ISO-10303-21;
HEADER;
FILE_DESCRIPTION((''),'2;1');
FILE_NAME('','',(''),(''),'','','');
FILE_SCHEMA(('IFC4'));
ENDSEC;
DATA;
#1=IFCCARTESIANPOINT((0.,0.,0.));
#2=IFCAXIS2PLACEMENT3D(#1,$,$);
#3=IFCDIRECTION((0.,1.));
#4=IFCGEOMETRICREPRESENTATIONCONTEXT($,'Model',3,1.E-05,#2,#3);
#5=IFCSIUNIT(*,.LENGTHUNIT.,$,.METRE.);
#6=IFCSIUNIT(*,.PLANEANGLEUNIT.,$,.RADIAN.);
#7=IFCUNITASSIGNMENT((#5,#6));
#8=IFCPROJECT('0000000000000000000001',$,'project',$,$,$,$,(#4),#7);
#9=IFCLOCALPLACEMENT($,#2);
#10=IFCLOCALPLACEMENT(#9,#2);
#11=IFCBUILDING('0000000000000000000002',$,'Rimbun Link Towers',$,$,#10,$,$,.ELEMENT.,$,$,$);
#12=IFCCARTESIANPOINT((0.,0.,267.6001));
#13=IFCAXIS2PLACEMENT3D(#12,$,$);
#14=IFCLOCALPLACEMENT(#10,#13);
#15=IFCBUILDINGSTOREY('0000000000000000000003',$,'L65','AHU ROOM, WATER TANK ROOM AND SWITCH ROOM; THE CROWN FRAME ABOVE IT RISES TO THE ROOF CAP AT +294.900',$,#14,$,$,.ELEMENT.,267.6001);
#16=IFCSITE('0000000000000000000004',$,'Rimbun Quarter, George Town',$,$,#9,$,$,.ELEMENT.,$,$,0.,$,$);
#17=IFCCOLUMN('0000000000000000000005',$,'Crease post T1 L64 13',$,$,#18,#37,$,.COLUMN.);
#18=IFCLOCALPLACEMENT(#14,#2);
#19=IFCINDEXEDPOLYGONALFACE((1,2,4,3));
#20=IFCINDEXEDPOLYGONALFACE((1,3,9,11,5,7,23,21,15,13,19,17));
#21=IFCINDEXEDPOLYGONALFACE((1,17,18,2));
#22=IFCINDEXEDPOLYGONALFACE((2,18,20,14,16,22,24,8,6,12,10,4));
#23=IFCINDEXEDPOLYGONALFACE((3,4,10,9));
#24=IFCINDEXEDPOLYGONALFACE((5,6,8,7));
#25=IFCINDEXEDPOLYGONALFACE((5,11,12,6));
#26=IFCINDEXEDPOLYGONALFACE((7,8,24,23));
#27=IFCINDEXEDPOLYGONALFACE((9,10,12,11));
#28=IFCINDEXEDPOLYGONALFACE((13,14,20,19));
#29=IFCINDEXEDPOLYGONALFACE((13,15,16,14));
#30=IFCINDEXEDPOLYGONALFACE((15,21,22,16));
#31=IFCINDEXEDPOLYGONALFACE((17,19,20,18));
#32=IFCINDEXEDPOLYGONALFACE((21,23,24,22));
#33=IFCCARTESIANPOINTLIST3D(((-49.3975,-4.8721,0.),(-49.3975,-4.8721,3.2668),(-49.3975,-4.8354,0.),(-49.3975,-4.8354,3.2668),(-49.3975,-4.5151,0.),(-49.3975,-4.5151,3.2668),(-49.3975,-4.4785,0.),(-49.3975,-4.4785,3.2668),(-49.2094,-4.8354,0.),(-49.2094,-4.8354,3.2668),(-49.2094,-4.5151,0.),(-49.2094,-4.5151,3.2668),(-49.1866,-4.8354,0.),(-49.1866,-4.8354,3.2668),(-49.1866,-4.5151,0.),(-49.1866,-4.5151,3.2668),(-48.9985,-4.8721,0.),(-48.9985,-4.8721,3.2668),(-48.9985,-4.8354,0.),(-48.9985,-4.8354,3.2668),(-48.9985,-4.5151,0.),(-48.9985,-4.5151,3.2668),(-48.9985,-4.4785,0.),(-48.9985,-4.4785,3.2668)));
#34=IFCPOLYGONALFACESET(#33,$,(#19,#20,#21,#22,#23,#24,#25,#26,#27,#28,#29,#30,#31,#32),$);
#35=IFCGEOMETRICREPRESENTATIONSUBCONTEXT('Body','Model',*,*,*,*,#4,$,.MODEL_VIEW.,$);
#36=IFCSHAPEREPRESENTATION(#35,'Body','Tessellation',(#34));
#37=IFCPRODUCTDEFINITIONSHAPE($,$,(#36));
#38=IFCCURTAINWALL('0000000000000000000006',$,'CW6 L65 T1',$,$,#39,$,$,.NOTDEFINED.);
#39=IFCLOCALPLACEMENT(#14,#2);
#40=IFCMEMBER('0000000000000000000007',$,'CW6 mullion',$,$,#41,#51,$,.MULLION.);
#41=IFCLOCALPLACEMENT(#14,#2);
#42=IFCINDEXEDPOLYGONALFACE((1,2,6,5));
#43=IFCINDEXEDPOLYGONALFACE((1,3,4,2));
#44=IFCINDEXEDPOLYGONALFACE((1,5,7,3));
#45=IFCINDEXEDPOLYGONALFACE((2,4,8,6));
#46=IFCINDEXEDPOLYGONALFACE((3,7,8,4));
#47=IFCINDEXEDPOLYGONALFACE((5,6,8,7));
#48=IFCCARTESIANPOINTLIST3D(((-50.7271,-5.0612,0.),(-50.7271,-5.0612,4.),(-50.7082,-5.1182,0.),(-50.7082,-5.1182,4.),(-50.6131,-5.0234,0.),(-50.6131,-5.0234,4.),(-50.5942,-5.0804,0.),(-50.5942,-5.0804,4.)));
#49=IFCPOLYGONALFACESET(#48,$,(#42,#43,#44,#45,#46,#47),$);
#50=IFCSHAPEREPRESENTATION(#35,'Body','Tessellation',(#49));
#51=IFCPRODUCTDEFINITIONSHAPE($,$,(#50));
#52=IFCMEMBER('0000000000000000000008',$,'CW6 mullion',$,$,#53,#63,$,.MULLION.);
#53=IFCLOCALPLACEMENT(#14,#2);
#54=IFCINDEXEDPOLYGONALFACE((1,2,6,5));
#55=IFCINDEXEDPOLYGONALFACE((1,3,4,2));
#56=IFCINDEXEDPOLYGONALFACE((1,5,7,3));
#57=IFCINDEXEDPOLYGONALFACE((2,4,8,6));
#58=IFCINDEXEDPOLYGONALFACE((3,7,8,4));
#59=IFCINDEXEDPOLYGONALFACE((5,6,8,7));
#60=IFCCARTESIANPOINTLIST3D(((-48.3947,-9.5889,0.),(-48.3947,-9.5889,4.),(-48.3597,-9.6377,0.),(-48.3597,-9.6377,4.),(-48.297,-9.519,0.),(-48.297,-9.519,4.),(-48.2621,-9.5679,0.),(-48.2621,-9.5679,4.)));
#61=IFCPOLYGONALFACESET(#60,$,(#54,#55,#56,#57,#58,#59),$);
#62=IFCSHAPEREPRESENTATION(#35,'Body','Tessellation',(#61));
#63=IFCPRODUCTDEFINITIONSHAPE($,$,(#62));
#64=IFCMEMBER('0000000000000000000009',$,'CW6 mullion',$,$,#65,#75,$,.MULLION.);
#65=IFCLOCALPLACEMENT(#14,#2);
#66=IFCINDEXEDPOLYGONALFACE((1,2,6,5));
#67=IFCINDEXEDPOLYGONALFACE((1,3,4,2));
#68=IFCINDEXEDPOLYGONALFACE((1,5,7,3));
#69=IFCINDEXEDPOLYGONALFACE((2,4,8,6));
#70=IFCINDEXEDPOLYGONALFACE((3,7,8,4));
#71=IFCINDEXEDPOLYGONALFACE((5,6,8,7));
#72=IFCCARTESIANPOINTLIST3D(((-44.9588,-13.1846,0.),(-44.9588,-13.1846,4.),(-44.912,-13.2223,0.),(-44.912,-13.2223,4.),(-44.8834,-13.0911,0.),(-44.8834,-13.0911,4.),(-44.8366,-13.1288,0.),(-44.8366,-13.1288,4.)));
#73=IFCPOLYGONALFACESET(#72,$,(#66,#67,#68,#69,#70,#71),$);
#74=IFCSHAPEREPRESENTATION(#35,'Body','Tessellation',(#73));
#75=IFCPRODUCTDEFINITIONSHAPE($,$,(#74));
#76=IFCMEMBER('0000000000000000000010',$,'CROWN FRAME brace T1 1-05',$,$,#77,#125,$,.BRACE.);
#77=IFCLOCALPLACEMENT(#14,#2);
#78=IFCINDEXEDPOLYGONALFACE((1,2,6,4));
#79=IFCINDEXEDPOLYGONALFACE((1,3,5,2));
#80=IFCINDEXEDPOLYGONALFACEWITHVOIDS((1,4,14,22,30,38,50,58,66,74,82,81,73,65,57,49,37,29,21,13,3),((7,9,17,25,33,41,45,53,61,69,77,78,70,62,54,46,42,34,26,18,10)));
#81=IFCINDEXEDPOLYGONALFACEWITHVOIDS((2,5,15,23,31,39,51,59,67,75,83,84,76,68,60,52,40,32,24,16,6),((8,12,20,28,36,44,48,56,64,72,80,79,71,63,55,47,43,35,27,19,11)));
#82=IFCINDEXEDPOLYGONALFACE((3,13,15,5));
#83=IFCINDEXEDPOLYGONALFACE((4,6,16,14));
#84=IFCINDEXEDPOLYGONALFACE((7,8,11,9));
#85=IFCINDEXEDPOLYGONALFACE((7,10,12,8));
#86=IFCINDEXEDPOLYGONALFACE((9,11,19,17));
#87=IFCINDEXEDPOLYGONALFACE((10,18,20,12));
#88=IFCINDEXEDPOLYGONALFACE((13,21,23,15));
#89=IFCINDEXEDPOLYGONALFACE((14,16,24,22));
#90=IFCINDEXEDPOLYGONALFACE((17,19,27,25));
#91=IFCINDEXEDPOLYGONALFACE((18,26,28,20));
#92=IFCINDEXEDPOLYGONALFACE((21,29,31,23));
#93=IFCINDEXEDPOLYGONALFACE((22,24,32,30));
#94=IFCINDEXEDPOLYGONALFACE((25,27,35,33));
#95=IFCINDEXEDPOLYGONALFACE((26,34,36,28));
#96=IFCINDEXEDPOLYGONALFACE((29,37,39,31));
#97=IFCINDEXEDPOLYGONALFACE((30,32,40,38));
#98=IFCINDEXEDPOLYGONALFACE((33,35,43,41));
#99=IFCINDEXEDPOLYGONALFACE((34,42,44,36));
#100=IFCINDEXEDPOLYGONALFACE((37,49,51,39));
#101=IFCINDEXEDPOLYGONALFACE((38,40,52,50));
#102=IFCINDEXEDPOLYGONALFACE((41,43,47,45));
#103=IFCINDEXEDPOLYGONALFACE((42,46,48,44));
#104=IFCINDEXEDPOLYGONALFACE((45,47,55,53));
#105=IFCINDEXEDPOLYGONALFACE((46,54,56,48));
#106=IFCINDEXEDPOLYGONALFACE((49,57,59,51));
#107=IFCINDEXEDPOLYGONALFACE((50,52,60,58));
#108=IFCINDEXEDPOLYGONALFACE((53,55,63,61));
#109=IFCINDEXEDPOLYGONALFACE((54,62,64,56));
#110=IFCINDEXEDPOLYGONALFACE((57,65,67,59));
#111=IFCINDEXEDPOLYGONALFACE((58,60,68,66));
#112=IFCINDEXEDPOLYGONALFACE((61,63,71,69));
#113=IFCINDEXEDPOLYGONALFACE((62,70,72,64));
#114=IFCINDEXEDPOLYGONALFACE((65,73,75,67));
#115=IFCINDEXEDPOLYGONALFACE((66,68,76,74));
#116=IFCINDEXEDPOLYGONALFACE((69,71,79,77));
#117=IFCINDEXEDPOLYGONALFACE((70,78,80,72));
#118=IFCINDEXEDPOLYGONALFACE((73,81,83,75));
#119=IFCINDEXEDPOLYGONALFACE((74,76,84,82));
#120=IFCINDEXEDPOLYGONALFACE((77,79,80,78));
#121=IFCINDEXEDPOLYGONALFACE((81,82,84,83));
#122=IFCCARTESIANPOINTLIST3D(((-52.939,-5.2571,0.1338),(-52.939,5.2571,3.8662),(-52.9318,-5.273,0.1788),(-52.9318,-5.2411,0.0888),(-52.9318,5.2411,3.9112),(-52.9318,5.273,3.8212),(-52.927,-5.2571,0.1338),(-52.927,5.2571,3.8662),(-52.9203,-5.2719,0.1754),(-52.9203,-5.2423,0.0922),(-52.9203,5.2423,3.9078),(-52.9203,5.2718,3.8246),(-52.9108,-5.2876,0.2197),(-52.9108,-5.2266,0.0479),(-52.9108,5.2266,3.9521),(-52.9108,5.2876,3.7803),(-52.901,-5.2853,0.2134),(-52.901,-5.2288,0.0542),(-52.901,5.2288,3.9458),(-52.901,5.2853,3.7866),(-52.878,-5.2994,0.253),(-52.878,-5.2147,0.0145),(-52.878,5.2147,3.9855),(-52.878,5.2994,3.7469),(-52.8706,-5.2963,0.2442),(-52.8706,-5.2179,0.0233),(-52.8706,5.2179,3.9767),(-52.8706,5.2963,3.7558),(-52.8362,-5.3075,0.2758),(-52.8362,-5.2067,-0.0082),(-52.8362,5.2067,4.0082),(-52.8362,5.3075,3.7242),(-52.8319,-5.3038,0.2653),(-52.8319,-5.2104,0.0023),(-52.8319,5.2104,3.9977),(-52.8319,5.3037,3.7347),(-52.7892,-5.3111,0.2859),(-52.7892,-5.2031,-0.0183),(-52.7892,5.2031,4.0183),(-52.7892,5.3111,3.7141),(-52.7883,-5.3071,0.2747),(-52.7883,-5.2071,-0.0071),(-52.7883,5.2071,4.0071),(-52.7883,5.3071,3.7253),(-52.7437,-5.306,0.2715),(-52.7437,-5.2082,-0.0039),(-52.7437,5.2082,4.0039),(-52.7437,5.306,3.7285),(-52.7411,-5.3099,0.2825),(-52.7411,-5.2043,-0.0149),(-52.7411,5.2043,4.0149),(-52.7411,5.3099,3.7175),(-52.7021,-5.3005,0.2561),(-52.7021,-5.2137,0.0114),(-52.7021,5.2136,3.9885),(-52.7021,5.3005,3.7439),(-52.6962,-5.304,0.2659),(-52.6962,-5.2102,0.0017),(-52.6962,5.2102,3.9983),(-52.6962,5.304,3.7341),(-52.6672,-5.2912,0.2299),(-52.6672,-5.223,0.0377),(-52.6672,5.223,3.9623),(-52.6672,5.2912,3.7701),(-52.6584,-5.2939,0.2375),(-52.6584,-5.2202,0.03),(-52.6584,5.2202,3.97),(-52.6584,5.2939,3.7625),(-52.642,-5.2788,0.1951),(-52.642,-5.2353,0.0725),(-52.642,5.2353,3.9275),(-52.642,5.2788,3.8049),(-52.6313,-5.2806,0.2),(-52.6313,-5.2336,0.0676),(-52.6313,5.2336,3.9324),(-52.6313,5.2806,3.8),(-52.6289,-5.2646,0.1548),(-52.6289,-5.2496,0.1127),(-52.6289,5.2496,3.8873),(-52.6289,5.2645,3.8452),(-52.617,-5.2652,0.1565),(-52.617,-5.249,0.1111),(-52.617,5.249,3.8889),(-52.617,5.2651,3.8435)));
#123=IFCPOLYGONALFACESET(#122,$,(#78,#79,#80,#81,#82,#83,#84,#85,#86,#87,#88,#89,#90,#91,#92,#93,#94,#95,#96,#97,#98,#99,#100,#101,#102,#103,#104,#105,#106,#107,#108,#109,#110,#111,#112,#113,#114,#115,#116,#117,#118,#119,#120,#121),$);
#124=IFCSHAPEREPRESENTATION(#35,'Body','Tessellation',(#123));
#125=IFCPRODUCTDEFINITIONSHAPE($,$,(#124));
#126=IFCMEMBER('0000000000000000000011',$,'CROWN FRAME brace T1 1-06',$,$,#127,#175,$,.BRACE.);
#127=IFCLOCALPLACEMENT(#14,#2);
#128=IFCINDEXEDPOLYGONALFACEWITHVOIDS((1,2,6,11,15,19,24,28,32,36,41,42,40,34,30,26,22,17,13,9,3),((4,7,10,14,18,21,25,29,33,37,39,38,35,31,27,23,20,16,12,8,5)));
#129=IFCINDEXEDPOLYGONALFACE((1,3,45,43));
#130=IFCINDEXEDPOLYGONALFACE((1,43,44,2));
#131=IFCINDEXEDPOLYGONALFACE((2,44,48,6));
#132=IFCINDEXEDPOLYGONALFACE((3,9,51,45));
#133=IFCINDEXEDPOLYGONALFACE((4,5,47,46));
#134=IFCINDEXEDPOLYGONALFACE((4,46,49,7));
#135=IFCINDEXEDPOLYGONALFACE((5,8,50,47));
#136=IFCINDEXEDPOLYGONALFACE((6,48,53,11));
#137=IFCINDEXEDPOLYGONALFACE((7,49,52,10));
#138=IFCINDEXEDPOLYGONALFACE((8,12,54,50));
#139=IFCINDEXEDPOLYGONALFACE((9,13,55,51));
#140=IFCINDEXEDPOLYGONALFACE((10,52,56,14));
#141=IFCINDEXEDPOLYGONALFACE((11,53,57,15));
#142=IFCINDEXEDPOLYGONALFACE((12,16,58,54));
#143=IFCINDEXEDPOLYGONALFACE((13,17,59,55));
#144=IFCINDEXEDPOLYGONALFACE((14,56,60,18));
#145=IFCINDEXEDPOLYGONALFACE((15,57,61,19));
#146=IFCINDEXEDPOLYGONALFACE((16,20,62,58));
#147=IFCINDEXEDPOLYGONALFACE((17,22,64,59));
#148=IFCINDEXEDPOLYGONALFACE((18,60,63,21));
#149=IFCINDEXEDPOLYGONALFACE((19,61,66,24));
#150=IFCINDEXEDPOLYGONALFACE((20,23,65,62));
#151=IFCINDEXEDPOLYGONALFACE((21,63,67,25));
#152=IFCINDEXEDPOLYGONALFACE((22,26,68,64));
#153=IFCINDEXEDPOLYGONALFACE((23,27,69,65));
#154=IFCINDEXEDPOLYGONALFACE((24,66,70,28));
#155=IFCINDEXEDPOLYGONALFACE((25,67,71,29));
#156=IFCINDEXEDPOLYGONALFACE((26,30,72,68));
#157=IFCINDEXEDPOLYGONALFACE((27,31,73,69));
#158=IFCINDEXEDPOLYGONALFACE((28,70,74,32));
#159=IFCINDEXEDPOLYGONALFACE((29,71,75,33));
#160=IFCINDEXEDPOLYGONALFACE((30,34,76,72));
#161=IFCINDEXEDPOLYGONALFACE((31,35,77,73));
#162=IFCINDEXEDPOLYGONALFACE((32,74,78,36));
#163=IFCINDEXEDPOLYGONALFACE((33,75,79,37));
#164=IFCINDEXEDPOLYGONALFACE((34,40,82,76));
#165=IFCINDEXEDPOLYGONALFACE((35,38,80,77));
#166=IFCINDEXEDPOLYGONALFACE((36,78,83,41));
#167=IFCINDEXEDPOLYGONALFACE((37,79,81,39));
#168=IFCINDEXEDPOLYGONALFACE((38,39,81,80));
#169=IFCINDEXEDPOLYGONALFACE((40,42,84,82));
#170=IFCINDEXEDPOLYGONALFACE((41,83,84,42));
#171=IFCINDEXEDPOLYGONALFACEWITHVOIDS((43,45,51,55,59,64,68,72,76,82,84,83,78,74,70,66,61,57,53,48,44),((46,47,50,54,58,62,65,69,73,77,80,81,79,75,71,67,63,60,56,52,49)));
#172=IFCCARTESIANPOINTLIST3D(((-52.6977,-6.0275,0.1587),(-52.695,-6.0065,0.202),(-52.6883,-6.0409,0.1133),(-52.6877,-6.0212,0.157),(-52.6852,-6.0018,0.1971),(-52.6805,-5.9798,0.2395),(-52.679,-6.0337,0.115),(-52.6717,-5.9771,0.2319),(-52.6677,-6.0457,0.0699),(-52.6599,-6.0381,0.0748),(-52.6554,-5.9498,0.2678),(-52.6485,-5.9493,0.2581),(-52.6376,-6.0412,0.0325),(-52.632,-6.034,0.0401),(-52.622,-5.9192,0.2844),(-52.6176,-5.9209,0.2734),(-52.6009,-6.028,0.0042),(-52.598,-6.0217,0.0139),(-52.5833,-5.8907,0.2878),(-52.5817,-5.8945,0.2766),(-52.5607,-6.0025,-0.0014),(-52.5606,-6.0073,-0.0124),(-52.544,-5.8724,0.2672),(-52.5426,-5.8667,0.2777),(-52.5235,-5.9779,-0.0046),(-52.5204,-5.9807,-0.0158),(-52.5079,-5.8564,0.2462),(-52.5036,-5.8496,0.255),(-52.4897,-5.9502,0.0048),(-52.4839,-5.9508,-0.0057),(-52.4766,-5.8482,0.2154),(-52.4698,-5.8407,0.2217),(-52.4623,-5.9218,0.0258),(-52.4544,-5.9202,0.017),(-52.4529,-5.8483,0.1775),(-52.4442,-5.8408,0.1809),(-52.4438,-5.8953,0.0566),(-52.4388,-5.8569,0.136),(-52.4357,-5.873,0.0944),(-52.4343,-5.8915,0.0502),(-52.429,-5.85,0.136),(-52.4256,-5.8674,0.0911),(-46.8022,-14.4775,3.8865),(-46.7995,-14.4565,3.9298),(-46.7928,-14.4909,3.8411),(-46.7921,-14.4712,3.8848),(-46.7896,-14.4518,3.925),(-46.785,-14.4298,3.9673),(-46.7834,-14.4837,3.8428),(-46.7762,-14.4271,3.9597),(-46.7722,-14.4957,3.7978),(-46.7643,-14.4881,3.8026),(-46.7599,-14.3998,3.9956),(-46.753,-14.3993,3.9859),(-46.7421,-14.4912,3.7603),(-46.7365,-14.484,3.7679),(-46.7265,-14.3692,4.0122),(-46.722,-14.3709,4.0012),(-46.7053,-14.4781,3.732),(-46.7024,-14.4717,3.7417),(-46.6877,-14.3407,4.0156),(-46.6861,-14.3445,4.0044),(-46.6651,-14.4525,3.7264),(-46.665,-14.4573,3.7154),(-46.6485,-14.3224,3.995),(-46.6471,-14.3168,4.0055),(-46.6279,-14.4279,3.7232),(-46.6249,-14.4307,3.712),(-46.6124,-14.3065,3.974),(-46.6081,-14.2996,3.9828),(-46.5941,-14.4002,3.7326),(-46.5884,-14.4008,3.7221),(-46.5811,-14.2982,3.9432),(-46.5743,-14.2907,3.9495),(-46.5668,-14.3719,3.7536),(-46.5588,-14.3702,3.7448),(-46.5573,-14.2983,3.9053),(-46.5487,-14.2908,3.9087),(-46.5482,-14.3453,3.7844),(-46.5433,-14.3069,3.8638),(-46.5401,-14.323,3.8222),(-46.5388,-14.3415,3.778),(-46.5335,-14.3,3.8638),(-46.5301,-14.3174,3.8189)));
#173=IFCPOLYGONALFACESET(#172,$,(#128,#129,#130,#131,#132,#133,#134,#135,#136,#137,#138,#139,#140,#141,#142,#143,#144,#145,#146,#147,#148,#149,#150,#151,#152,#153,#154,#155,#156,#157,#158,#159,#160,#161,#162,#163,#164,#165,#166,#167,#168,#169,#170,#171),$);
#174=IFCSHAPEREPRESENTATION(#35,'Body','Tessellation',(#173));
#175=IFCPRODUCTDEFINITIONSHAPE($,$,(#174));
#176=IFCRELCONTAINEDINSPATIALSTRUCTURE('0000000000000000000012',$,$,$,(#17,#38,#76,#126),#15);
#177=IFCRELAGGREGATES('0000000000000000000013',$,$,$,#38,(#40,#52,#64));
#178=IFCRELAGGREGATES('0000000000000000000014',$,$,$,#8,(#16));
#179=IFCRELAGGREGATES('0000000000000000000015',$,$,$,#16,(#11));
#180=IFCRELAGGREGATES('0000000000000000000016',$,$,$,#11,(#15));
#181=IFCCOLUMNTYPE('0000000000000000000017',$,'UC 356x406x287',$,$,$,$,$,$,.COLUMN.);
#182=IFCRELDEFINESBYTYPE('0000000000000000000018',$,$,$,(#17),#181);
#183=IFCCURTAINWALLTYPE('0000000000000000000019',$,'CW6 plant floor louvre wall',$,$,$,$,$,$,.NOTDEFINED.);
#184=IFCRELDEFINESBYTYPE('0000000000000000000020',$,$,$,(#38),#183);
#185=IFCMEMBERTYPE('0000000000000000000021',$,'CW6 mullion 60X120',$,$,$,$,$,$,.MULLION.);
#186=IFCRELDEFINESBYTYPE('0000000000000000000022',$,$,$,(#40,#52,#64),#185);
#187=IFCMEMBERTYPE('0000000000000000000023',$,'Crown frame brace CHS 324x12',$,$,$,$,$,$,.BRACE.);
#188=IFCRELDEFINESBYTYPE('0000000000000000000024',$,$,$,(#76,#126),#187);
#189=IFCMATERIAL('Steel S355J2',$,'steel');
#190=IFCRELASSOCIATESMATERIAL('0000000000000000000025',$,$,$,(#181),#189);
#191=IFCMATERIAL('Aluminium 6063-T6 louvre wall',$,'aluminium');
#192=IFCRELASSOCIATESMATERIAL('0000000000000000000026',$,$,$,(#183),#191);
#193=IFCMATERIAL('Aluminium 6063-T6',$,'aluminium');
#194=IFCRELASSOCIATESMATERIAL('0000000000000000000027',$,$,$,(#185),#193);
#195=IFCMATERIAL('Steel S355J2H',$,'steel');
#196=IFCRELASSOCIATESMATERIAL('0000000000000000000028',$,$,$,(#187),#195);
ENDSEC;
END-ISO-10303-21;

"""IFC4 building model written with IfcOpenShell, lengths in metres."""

from ifc_helpers import new_model, si_unit, direction, frame, origin, origin_2d, place, context, subcontext, project, spatial, rectangle, hollow_circle, i_section, extrude, material, material_profile, profile_set, type_object, element, aggregate, save


model = new_model("IFC4")

# Units and contexts
model_context = context("Model", 3, precision=1e-05, world=origin(), true_north=direction((0.0, 1.0)))
body_context = subcontext(model_context, "Body", "Model", "MODEL_VIEW")
ifc_project = project(units=[si_unit("LENGTHUNIT", "METRE"), si_unit("PLANEANGLEUNIT", "RADIAN")], contexts=[model_context])

# Site, building, storey
site_placement = place(None, origin())
site = spatial("IfcSite", under=ifc_project, at=site_placement, Name="Rimbun Quarter, George Town", CompositionType="ELEMENT", RefElevation=0.0)
building_placement = place(site_placement, origin())
building = spatial("IfcBuilding", under=site, at=building_placement, Name="Rimbun Link Towers", CompositionType="ELEMENT")
storey_placement = place(building_placement, frame((0.0, 0.0, 267.6001)))
storey = spatial("IfcBuildingStorey", under=building, at=storey_placement, Name="L65", Description="AHU ROOM, WATER TANK ROOM AND SWITCH ROOM; THE CROWN FRAME ABOVE IT RISES TO THE ROOF CAP AT +294.900", CompositionType="ELEMENT", Elevation=267.6001)

# Column
ifc_material_1 = material(Name="Steel S355J2", Category="steel")
ifc_material_profile_1 = material_profile(ifc_material_1, i_section(OverallWidth=0.3989, OverallDepth=0.3936, WebThickness=0.0227, FlangeThickness=0.0366, at=origin_2d()), Name="UC 356x406x287")
ifc_profile_set_1 = profile_set([ifc_material_profile_1], Name="Steel S355J2")
column_type = type_object("IfcColumnType", Name="UC 356x406x287", PredefinedType="COLUMN", material=ifc_profile_set_1)
column_placement = place(storey_placement, frame((-49.198, -4.6753, 0.0), z_axis=(0.0, 0.0, 1.0), x_axis=(1.0, 0.0, 0.0)))
element("IfcColumn", 1, at=column_placement, inside=storey, type_object=column_type, Name="Crease post T1 L64 13", PredefinedType="COLUMN", context=body_context, shape_type="SweptSolid", body=[
    extrude(i_section(OverallWidth=0.3989, OverallDepth=0.3936, WebThickness=0.0227, FlangeThickness=0.0366, at=origin_2d()), origin(), (0.0, 0.0, 1.0), 3.2668),
])

# Curtain wall, members
ifc_material_2 = material(Name="Aluminium 6063-T6 louvre wall", Category="aluminium")
curtain_wall_type = type_object("IfcCurtainWallType", Name="CW6 plant floor louvre wall", PredefinedType="NOTDEFINED", material=ifc_material_2)
curtain_wall_placement = place(storey_placement, origin())
curtain_wall = element("IfcCurtainWall", 2, at=curtain_wall_placement, inside=storey, type_object=curtain_wall_type, Name="CW6 L65 T1", PredefinedType="NOTDEFINED")
ifc_material_3 = material(Name="Aluminium 6063-T6", Category="aluminium")
ifc_material_profile_2 = material_profile(ifc_material_3, rectangle(XDim=0.1201, YDim=0.0601, at=origin_2d()), Name="MULLION 60X120")
ifc_profile_set_2 = profile_set([ifc_material_profile_2], Name="Aluminium 6063-T6")
member_type_1 = type_object("IfcMemberType", Name="CW6 mullion 60X120", PredefinedType="MULLION", material=ifc_profile_set_2)
member_1_placement = place(storey_placement, frame((-50.6606, -5.0708, 0.0), z_axis=(0.0, 0.0, 1.0), x_axis=(-0.949161, -0.314792, 0.0)))
member_1 = element("IfcMember", 3, at=member_1_placement, type_object=member_type_1, Name="CW6 mullion", PredefinedType="MULLION", context=body_context, shape_type="SweptSolid", body=[
    extrude(rectangle(XDim=0.1201, YDim=0.0601, at=origin_2d()), origin(), (0.0, 0.0, 1.0), 4.0),
])
member_2_placement = place(storey_placement, frame((-48.3284, -9.5784, 0.0), z_axis=(0.0, 0.0, 1.0), x_axis=(-0.813347, -0.581779, 0.0)))
member_2 = element("IfcMember", 4, at=member_2_placement, type_object=member_type_1, Name="CW6 mullion", PredefinedType="MULLION", context=body_context, shape_type="SweptSolid", body=[
    extrude(rectangle(XDim=0.1201, YDim=0.0601, at=origin_2d()), origin(), (0.0, 0.0, 1.0), 4.0),
])
member_3_placement = place(storey_placement, frame((-44.8977, -13.1567, 0.0), z_axis=(0.0, 0.0, 1.0), x_axis=(-0.627674, -0.778476, 0.0)))
member_3 = element("IfcMember", 5, at=member_3_placement, type_object=member_type_1, Name="CW6 mullion", PredefinedType="MULLION", context=body_context, shape_type="SweptSolid", body=[
    extrude(rectangle(XDim=0.1201, YDim=0.0601, at=origin_2d()), origin(), (0.0, 0.0, 1.0), 4.0),
])

# Members
ifc_material_4 = material(Name="Steel S355J2H", Category="steel")
ifc_material_profile_3 = material_profile(ifc_material_4, hollow_circle(Radius=0.1619, WallThickness=0.012, at=origin_2d()), Name="Crown frame brace CHS 324x12")
ifc_profile_set_3 = profile_set([ifc_material_profile_3], Name="Steel S355J2H")
member_type_2 = type_object("IfcMemberType", Name="Crown frame brace CHS 324x12", PredefinedType="BRACE", material=ifc_profile_set_3)
member_4_placement = place(storey_placement, frame((-52.7771, -5.2571, 0.1338), z_axis=(0.0, 0.942383, 0.334536), x_axis=(-1.0, 0.0, 0.0)))
element("IfcMember", 6, at=member_4_placement, inside=storey, type_object=member_type_2, Name="CROWN FRAME brace T1 1-05", PredefinedType="BRACE", context=body_context, shape_type="SweptSolid", body=[
    extrude(hollow_circle(Radius=0.1619, WallThickness=0.012, at=origin_2d()), origin(), (0.0, 0.0, 1.0), 11.157),
])
member_5_placement = place(storey_placement, frame((-52.5618, -5.9426, 0.136), z_axis=(0.53806, -0.771195, 0.34022), x_axis=(0.820118, 0.572194, 0.0)))
element("IfcMember", 7, at=member_5_placement, inside=storey, type_object=member_type_2, Name="CROWN FRAME brace T1 1-06", PredefinedType="BRACE", context=body_context, shape_type="SweptSolid", body=[
    extrude(hollow_circle(Radius=0.1619, WallThickness=0.012, at=origin_2d()), origin(), (0.0, 0.0, 1.0), 10.957),
])

aggregate(curtain_wall, [member_1, member_2, member_3])

save(model, "model.ifc")
